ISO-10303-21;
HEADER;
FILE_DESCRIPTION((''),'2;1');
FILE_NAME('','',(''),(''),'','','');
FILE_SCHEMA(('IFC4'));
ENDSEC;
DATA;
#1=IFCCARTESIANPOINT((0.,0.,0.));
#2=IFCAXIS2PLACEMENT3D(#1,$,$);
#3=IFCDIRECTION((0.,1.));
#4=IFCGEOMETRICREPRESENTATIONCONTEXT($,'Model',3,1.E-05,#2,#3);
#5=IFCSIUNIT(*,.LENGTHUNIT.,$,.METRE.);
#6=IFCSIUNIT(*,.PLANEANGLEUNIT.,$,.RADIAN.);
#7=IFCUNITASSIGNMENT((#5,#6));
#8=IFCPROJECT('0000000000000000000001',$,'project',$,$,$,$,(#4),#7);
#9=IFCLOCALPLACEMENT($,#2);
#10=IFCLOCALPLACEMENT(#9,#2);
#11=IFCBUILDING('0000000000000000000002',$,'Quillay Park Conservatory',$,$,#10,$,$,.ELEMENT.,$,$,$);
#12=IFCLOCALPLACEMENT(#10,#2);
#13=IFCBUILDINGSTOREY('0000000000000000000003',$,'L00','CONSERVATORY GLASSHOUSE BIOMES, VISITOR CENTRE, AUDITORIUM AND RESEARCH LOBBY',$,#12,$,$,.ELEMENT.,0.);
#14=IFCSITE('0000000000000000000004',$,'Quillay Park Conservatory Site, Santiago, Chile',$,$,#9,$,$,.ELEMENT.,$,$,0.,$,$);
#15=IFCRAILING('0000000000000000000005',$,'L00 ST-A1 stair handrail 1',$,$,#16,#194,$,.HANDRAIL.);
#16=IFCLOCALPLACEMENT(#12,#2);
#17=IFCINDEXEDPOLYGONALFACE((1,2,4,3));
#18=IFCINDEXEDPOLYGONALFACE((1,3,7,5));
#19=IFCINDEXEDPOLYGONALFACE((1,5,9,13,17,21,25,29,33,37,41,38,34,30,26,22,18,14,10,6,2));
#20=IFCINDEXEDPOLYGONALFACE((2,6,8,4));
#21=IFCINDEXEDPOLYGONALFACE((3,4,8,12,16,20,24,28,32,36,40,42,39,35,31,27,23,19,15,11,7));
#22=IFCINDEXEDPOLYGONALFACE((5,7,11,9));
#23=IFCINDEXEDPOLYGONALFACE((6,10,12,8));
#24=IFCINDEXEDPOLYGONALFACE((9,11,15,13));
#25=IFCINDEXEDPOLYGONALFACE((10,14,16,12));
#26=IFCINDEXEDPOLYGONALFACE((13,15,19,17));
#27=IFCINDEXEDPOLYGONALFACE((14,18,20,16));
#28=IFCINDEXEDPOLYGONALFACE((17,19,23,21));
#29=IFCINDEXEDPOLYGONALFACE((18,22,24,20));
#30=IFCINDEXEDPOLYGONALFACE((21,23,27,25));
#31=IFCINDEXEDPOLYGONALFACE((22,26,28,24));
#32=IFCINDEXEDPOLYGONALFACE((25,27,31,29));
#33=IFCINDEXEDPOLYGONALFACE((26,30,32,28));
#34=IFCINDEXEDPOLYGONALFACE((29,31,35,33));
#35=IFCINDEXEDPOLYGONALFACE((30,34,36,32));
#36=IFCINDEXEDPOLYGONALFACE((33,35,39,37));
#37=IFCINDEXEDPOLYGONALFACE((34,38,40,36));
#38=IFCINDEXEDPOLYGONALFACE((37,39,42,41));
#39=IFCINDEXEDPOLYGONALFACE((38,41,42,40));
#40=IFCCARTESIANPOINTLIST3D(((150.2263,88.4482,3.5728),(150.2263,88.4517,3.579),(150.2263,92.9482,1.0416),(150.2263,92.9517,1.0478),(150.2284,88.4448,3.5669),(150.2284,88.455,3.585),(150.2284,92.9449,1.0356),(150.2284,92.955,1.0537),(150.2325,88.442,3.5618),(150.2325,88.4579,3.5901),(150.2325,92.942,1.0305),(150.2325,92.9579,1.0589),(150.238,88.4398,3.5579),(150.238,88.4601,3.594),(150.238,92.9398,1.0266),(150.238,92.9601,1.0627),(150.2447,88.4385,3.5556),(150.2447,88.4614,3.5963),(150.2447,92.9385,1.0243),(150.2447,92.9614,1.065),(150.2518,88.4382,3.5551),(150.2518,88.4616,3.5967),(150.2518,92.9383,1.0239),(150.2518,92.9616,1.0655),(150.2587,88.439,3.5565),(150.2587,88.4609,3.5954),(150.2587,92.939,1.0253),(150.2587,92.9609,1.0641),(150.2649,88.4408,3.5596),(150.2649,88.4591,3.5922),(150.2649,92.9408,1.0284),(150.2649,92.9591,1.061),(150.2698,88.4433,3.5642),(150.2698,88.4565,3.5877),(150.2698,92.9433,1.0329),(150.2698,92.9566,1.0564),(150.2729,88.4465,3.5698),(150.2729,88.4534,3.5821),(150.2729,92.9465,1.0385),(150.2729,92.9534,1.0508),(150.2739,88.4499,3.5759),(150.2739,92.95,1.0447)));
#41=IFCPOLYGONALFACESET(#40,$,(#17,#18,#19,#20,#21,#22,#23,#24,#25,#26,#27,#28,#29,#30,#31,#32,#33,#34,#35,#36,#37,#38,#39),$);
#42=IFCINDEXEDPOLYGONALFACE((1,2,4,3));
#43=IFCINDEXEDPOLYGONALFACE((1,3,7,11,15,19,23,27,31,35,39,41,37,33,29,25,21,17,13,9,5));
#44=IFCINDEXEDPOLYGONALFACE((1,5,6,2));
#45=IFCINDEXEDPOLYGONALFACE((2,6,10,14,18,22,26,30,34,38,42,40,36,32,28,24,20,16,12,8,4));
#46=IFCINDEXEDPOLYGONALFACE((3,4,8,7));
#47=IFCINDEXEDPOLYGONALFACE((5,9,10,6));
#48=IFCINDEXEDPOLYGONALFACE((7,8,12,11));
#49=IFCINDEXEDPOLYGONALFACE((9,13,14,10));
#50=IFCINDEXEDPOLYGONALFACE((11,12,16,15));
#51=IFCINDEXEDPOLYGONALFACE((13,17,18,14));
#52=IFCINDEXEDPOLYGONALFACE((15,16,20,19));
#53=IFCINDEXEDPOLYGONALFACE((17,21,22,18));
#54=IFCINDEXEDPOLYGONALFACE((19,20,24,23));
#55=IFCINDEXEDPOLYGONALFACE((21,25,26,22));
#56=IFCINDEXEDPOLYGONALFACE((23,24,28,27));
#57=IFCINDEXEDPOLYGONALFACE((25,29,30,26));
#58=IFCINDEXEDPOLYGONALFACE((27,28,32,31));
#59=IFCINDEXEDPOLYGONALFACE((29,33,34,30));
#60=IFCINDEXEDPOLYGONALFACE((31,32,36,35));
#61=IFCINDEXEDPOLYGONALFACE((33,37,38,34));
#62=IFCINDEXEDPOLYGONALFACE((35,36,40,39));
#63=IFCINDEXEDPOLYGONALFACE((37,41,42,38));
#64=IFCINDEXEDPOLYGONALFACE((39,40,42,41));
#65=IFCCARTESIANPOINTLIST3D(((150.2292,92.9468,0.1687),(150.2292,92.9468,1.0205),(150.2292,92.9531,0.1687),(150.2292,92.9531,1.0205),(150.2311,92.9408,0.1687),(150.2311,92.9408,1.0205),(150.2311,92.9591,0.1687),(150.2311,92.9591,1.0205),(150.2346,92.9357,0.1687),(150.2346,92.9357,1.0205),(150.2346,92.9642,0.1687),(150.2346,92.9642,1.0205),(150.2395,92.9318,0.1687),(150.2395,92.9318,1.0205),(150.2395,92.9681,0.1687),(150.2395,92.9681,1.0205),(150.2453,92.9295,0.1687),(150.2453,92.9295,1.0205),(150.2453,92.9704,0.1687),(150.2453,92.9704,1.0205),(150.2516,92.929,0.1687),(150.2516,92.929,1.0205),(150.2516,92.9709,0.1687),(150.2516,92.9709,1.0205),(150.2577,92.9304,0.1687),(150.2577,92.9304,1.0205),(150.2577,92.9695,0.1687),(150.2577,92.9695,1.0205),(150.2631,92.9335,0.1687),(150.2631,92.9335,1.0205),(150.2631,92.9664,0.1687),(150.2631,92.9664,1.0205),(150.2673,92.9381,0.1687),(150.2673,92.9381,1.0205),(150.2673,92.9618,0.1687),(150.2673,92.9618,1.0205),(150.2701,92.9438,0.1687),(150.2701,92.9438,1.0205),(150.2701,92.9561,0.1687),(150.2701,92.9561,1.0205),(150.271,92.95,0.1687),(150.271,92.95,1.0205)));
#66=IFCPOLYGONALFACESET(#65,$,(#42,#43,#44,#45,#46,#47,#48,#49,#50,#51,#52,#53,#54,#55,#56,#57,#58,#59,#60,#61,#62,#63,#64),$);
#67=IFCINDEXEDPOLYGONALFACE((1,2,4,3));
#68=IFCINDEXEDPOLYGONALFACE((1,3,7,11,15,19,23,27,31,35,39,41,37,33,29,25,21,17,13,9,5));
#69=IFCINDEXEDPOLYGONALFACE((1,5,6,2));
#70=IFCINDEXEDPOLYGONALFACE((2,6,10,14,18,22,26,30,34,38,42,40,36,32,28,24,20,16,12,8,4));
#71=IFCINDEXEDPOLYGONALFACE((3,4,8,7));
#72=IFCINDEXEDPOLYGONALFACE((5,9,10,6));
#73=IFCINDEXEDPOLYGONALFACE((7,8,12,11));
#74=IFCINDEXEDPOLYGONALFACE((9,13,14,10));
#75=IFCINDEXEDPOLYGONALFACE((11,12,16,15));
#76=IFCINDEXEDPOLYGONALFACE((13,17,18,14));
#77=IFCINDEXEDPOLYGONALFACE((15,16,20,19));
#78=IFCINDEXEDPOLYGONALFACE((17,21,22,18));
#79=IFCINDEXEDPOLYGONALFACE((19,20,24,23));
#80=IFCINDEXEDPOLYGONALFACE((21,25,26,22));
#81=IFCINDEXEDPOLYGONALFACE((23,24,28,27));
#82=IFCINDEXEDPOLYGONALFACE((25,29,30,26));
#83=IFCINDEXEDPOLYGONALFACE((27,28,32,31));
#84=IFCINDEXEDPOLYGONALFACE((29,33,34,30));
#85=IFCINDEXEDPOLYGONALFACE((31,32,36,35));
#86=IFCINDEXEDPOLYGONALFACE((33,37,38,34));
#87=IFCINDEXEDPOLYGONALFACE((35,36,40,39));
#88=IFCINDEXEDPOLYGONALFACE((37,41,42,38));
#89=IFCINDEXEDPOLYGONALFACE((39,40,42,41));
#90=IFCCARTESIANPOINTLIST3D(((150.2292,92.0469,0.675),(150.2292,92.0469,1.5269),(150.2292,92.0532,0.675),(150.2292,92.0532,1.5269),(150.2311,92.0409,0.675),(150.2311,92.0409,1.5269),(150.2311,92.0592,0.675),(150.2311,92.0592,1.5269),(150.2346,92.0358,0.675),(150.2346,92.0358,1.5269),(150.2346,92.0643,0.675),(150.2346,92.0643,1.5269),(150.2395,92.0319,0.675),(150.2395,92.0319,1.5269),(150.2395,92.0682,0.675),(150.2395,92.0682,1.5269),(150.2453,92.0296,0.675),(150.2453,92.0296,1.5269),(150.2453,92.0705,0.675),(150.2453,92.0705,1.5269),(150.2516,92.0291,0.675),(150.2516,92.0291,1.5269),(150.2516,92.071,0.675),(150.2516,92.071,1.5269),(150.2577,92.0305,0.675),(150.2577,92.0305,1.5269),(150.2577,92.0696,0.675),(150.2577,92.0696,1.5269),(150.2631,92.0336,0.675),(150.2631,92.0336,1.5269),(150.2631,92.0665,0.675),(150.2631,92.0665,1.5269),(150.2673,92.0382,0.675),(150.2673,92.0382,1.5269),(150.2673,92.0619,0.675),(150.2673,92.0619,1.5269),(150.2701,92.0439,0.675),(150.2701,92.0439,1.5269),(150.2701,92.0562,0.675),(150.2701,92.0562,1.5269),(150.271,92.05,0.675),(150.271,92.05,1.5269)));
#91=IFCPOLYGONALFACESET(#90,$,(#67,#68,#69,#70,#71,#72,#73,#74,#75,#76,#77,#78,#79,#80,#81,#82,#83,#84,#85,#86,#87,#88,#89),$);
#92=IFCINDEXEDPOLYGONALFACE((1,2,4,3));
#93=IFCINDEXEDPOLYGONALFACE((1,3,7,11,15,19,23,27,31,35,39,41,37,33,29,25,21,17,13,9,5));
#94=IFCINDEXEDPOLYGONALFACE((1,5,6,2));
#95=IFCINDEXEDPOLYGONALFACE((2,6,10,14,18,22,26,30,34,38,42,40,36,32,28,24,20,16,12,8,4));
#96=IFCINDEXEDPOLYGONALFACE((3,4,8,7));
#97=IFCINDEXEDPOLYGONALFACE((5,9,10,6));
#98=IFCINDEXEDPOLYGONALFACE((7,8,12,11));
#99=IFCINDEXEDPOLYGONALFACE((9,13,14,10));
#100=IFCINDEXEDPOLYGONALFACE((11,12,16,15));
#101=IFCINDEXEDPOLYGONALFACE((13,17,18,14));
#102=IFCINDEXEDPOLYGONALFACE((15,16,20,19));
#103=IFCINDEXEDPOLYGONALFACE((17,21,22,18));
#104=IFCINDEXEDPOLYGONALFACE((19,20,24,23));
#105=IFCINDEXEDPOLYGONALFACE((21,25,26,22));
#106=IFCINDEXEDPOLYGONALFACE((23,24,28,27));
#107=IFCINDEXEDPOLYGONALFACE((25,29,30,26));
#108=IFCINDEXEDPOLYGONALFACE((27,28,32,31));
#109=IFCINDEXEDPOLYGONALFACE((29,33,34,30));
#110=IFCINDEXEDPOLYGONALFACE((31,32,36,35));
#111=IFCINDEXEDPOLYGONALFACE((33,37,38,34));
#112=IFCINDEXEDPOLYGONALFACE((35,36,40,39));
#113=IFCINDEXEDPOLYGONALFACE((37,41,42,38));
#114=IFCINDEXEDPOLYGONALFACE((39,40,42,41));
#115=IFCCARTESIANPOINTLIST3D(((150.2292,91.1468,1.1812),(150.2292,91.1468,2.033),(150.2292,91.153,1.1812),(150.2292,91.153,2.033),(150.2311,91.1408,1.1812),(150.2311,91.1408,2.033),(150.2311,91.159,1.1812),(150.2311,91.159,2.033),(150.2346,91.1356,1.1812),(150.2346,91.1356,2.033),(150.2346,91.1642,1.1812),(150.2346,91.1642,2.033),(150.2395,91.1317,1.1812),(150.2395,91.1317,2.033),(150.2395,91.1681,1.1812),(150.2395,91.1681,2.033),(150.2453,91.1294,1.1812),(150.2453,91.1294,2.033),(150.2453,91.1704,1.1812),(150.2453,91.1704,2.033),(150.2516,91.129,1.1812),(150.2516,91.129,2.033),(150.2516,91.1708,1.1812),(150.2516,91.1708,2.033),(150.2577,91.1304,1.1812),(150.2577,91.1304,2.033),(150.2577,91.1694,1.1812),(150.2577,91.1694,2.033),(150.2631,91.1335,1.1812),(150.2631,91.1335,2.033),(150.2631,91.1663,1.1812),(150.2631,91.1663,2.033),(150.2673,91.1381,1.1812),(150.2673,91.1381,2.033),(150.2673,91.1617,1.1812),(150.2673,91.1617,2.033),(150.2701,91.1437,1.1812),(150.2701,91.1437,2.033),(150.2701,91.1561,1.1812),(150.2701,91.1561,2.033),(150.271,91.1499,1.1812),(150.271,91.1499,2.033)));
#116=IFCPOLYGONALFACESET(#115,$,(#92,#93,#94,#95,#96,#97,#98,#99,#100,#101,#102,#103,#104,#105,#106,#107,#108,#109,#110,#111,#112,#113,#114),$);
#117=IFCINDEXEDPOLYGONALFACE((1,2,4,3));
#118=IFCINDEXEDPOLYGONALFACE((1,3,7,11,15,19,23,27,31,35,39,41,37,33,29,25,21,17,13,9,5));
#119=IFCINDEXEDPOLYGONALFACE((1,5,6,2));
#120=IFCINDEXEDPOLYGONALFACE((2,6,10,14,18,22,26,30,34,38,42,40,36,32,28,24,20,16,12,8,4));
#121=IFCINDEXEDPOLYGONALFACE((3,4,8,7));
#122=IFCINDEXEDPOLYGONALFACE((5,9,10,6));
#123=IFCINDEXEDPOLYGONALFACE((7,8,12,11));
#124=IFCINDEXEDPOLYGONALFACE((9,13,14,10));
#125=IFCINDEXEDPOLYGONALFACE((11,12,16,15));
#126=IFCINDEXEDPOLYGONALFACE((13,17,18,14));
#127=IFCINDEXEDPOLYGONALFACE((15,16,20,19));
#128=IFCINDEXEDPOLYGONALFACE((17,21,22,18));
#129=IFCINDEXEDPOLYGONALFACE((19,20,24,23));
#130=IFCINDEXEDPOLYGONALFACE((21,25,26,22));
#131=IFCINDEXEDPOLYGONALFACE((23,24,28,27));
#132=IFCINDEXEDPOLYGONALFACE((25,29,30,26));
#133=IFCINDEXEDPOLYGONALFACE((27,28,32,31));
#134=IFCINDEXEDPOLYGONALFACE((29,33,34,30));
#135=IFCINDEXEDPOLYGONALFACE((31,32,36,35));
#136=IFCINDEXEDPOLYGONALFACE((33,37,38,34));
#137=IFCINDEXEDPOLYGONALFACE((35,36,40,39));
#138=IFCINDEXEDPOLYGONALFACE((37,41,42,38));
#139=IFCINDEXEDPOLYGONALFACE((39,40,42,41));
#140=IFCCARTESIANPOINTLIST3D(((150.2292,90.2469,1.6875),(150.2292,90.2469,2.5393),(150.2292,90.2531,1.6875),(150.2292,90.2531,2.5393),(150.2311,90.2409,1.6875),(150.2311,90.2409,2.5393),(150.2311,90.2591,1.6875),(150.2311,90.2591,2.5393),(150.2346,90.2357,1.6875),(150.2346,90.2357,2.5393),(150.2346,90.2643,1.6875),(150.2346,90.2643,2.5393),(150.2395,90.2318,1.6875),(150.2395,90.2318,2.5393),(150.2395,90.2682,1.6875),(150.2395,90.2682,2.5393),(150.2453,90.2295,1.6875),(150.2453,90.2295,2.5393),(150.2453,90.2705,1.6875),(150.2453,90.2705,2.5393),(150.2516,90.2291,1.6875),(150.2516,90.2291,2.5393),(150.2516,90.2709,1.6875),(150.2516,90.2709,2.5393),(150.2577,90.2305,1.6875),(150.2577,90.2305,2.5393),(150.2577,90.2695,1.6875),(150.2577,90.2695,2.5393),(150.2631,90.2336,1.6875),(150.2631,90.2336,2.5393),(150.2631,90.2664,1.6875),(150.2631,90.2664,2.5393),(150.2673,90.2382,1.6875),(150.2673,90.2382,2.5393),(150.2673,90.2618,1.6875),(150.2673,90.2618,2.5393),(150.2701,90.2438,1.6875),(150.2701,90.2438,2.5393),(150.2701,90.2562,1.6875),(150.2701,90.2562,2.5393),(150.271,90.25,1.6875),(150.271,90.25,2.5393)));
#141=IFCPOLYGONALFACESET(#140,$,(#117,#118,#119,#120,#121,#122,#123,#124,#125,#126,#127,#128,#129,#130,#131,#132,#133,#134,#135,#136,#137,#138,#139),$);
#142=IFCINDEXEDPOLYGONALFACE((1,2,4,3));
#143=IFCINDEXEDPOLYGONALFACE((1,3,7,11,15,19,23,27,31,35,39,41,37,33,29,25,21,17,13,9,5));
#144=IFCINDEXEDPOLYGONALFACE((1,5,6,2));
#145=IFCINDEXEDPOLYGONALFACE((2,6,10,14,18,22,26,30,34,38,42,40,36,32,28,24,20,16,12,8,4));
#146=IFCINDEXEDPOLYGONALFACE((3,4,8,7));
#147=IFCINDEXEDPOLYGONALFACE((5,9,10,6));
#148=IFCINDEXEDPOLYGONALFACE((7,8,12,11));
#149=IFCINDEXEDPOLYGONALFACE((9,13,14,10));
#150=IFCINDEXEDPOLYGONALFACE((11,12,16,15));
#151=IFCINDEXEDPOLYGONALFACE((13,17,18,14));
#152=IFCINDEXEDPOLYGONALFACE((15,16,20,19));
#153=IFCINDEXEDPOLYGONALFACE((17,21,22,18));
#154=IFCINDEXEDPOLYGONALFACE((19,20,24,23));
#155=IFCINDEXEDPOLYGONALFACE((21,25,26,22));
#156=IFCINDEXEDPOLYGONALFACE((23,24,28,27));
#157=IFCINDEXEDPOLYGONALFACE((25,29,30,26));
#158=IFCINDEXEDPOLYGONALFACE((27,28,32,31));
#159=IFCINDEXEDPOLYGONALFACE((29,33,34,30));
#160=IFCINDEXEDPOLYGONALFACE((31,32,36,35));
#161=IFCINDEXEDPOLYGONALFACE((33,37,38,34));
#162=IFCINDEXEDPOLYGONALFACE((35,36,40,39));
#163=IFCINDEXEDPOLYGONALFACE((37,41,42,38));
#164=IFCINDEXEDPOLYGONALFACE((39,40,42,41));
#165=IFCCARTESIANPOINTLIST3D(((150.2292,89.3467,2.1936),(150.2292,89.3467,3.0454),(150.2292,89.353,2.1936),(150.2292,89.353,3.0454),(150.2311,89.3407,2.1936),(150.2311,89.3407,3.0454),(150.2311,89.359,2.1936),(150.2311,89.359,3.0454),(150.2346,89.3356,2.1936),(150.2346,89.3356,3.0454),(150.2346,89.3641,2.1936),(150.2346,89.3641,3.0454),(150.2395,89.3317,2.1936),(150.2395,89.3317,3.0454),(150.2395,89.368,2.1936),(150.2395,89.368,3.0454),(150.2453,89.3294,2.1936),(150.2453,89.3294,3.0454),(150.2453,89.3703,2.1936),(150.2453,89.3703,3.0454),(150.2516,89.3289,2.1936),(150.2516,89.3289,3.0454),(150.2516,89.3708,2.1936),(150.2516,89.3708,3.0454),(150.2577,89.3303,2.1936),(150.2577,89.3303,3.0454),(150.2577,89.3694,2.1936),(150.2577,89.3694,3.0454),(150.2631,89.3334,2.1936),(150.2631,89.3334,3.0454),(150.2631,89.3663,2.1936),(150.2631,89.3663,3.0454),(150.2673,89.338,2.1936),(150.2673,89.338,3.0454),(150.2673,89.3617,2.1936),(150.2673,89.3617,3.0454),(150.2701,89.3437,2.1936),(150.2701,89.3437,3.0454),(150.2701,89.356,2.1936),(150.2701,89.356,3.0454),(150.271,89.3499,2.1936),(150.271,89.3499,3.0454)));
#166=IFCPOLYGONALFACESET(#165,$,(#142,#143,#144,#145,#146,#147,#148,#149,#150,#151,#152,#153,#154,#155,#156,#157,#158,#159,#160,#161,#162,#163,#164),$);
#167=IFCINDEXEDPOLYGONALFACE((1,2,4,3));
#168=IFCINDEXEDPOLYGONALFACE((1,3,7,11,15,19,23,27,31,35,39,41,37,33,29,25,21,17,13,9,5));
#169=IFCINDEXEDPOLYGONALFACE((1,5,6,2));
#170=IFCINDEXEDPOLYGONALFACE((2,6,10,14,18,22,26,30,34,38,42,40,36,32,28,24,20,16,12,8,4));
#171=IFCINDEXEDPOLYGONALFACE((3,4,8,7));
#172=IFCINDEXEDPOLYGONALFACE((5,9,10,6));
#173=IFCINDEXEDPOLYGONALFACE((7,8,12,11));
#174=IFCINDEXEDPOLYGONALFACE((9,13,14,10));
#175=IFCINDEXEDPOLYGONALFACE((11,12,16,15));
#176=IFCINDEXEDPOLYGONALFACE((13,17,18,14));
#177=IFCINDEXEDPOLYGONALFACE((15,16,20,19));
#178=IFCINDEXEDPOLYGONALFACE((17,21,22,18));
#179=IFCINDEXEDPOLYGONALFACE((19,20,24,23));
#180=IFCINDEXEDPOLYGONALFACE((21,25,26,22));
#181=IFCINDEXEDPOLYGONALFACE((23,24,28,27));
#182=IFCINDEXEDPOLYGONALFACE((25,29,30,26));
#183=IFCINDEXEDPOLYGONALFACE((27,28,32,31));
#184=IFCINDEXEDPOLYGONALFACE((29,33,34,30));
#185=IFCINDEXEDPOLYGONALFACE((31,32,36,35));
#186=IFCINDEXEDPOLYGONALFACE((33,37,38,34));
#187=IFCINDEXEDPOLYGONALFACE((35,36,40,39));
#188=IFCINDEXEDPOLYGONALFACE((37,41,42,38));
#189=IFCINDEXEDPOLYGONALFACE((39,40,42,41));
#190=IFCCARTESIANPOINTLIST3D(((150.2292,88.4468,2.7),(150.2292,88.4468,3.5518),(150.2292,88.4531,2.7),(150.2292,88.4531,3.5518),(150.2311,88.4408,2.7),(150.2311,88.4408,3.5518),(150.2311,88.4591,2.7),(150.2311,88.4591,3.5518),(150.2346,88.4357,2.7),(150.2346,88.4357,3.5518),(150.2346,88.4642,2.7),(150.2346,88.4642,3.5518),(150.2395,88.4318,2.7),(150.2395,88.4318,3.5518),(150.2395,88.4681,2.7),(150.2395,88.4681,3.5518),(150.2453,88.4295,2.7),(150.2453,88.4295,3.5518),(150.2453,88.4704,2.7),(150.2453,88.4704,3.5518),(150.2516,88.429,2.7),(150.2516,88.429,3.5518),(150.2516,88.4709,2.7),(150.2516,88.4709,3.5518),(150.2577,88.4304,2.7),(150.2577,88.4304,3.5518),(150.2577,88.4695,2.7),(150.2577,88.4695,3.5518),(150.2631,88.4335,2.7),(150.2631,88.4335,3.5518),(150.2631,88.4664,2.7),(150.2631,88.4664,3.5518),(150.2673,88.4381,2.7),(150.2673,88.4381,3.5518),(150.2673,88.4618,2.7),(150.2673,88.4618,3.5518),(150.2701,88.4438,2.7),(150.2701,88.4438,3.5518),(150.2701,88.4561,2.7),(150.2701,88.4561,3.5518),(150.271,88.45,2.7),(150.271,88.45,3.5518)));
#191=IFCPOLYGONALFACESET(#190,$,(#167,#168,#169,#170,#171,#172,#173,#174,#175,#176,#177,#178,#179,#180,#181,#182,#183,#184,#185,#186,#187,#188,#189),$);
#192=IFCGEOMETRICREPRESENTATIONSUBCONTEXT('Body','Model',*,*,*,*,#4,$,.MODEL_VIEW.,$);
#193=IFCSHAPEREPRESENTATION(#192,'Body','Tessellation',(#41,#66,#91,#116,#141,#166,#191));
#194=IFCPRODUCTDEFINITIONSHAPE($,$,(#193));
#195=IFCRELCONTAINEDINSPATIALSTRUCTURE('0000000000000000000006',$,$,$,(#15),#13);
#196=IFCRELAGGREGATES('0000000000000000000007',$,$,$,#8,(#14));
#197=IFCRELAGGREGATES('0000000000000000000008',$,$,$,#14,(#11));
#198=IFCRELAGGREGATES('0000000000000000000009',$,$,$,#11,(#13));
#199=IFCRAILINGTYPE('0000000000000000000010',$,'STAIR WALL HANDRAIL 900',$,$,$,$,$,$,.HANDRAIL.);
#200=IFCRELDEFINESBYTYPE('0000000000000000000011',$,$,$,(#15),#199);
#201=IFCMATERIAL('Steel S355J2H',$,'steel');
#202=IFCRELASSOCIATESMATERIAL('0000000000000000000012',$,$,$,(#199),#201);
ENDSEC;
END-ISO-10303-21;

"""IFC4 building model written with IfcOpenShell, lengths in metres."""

from ifc_helpers import new_model, si_unit, direction, frame, origin, origin_2d, place, context, subcontext, project, spatial, circle, extrude, material, type_object, element, save


model = new_model("IFC4")

# Units and contexts
model_context = context("Model", 3, precision=1e-05, world=origin(), true_north=direction((0.0, 1.0)))
body_context = subcontext(model_context, "Body", "Model", "MODEL_VIEW")
ifc_project = project(units=[si_unit("LENGTHUNIT", "METRE"), si_unit("PLANEANGLEUNIT", "RADIAN")], contexts=[model_context])

# Site, building, storey
site_placement = place(None, origin())
site = spatial("IfcSite", under=ifc_project, at=site_placement, Name="Quillay Park Conservatory Site, Santiago, Chile", CompositionType="ELEMENT", RefElevation=0.0)
building_placement = place(site_placement, origin())
building = spatial("IfcBuilding", under=site, at=building_placement, Name="Quillay Park Conservatory", CompositionType="ELEMENT")
storey_placement = place(building_placement, origin())
storey = spatial("IfcBuildingStorey", under=building, at=storey_placement, Name="L00", Description="CONSERVATORY GLASSHOUSE BIOMES, VISITOR CENTRE, AUDITORIUM AND RESEARCH LOBBY", CompositionType="ELEMENT", Elevation=0.0)

# Railing
ifc_material_1 = material(Name="Steel S355J2H", Category="steel")
railing_type_1 = type_object("IfcRailingType", Name="STAIR WALL HANDRAIL 900", PredefinedType="HANDRAIL", material=ifc_material_1)
railing_1_placement = place(storey_placement, frame((150.25, 92.95, 0.1687)))
element("IfcRailing", 1, at=railing_1_placement, inside=storey, type_object=railing_type_1, Name="L00 ST-A1 stair handrail 1", PredefinedType="HANDRAIL", context=body_context, shape_type="SweptSolid", body=[
    extrude(circle(Radius=0.0239, at=origin_2d()), frame((0.0, 0.0, 0.876), z_axis=(0.0, -0.871576, 0.490261), x_axis=(1.0, 0.0, 0.0)), (0.0, 0.0, 1.0), 5.1631),
    extrude(circle(Radius=0.021, at=origin_2d()), origin(), (0.0, 0.0, 1.0), 0.8518),
    extrude(circle(Radius=0.021, at=origin_2d()), frame((0.0, -0.8999, 0.5063)), (0.0, 0.0, 1.0), 0.8518),
    extrude(circle(Radius=0.021, at=origin_2d()), frame((0.0, -1.8, 1.0125)), (0.0, 0.0, 1.0), 0.8518),
    extrude(circle(Radius=0.021, at=origin_2d()), frame((0.0, -2.7, 1.5188)), (0.0, 0.0, 1.0), 0.8518),
    extrude(circle(Radius=0.021, at=origin_2d()), frame((0.0, -3.6001, 2.0249)), (0.0, 0.0, 1.0), 0.8518),
    extrude(circle(Radius=0.021, at=origin_2d()), frame((0.0, -4.5, 2.5312)), (0.0, 0.0, 1.0), 0.8518),
])

save(model, "model.ifc")
